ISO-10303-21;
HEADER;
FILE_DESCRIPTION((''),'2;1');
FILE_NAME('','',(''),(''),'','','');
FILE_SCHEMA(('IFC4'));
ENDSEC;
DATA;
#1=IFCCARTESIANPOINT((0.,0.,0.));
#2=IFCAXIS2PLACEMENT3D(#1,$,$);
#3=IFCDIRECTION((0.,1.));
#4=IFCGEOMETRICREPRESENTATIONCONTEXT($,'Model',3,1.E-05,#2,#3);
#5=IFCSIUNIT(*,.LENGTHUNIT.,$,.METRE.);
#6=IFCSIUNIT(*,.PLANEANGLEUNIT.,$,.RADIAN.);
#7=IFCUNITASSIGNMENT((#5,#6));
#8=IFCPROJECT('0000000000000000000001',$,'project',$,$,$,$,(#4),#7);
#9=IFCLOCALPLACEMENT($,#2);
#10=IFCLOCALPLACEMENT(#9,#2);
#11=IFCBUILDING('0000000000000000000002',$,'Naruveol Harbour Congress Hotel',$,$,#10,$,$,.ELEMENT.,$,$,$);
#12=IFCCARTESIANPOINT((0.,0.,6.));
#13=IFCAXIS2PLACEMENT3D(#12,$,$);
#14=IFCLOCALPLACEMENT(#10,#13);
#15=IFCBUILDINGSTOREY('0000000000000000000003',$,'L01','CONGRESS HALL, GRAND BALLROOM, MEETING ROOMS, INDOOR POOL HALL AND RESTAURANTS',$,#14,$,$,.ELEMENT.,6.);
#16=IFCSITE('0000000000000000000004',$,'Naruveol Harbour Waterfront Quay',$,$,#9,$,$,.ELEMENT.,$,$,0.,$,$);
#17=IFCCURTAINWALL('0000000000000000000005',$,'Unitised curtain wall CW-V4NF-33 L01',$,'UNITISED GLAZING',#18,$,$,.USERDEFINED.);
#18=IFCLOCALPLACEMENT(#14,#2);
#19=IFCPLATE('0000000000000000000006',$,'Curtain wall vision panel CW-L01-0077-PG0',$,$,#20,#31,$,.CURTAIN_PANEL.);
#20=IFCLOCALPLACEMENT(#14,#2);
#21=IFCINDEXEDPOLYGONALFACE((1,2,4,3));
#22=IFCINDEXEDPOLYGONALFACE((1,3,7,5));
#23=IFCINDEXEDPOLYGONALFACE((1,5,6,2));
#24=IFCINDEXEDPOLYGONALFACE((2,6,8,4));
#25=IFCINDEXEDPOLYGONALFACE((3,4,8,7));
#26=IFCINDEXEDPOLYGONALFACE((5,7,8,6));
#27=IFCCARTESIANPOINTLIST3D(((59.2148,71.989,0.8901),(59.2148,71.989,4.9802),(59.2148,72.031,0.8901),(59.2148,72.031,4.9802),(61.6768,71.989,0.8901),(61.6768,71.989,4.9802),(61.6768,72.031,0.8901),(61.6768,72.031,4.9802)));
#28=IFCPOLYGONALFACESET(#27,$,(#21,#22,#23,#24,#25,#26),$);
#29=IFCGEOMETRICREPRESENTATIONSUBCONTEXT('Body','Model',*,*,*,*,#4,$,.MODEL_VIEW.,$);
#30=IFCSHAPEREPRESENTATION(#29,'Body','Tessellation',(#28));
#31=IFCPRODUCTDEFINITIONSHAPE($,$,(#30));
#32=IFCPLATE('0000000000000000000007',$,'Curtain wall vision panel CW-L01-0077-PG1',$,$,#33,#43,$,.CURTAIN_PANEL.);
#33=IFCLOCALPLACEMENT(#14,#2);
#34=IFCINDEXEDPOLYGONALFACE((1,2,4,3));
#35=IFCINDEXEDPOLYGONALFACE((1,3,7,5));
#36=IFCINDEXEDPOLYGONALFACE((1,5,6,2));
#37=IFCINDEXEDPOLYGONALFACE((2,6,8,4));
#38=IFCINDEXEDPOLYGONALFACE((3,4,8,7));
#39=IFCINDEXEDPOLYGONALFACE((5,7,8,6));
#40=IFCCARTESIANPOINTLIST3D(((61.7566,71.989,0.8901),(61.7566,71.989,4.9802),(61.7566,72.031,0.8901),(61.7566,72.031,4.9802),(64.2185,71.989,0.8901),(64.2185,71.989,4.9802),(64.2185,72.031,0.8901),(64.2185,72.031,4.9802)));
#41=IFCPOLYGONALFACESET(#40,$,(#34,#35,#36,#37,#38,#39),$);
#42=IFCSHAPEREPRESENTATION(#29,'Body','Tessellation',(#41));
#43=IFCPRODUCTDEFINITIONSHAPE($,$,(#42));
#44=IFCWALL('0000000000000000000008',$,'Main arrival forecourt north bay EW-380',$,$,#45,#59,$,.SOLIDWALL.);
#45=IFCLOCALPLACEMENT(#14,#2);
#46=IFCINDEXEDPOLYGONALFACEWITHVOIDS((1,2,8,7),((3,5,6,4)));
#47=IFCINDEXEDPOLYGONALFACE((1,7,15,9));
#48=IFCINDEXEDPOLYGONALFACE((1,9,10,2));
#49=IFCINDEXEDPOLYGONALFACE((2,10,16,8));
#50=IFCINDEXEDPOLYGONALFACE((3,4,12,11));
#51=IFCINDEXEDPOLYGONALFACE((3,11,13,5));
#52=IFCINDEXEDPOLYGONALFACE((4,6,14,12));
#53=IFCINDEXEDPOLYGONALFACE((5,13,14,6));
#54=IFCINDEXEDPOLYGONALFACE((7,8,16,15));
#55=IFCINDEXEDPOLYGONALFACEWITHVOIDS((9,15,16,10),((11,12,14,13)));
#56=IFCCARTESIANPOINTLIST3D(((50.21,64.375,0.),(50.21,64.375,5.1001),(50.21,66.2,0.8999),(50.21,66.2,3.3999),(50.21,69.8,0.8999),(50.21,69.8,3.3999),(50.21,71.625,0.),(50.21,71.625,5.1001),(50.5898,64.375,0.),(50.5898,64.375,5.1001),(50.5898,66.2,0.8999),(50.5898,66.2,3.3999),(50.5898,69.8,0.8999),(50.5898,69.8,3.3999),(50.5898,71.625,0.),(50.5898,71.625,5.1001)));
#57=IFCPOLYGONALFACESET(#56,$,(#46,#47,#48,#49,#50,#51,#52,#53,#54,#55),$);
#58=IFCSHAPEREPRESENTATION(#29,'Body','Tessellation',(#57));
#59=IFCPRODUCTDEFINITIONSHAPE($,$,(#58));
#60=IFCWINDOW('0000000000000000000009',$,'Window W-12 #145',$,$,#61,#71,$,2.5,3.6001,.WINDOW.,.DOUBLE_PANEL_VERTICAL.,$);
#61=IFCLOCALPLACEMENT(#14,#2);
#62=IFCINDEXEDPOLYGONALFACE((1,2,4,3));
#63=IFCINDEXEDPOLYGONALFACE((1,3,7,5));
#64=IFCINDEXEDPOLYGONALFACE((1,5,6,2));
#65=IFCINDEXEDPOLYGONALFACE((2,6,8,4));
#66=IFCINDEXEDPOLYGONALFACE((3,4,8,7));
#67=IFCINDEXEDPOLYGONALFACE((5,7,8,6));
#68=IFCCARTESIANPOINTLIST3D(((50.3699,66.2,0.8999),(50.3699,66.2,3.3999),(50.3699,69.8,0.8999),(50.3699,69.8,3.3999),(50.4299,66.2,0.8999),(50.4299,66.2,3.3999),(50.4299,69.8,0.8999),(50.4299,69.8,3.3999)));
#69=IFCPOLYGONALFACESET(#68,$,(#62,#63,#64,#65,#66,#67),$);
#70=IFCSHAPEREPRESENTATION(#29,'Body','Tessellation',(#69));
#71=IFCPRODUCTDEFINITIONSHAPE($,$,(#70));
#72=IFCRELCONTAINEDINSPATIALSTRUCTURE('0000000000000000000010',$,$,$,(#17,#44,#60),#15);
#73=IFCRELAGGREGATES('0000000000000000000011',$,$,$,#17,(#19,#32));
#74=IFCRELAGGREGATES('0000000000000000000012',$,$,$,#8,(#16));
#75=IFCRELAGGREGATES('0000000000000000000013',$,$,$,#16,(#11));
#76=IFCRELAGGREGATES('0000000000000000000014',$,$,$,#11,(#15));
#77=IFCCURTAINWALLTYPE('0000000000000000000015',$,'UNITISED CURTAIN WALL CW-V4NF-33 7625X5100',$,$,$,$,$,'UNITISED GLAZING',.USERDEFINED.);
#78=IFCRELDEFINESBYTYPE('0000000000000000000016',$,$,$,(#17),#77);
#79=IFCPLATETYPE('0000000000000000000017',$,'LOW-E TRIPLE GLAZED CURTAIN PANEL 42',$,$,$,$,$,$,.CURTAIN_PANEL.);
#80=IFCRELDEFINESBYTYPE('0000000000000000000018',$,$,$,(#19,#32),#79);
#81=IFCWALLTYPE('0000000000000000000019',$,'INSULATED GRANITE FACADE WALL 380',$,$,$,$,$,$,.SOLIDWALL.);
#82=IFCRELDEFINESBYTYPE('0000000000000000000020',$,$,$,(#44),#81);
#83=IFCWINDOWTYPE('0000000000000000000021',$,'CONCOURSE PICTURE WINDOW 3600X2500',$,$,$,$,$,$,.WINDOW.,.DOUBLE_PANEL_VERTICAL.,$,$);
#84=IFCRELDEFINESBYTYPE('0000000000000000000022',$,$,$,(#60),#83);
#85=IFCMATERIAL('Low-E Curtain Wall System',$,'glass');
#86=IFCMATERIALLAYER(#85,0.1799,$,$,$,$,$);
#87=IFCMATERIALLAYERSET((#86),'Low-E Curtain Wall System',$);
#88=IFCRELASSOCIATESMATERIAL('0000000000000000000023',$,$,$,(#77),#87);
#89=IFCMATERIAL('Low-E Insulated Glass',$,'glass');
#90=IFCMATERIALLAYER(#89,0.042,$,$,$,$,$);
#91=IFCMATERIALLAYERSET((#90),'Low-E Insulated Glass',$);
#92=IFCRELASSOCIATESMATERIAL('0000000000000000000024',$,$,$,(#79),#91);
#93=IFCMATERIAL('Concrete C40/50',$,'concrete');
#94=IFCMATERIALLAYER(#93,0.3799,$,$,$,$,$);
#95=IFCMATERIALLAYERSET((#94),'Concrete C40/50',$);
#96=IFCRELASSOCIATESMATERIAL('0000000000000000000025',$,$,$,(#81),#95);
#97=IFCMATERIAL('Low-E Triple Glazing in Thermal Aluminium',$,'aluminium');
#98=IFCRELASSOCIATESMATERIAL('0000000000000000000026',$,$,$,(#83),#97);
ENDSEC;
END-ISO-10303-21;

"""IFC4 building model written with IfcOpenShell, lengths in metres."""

from ifc_helpers import new_model, si_unit, direction, frame, frame_2d, origin, origin_2d, place, context, subcontext, project, spatial, rectangle, extrude, material, layer, layer_set, type_object, element, fill, aggregate, save


model = new_model("IFC4")

# Units and contexts
model_context = context("Model", 3, precision=1e-05, world=origin(), true_north=direction((0.0, 1.0)))
body_context = subcontext(model_context, "Body", "Model", "MODEL_VIEW")
ifc_project = project(units=[si_unit("LENGTHUNIT", "METRE"), si_unit("PLANEANGLEUNIT", "RADIAN")], contexts=[model_context])

# Site, building, storey
site_placement = place(None, origin())
site = spatial("IfcSite", under=ifc_project, at=site_placement, Name="Naruveol Harbour Waterfront Quay", CompositionType="ELEMENT", RefElevation=0.0)
building_placement = place(site_placement, origin())
building = spatial("IfcBuilding", under=site, at=building_placement, Name="Naruveol Harbour Congress Hotel", CompositionType="ELEMENT")
storey_placement = place(building_placement, frame((0.0, 0.0, 6.0)))
storey = spatial("IfcBuildingStorey", under=building, at=storey_placement, Name="L01", Description="CONGRESS HALL, GRAND BALLROOM, MEETING ROOMS, INDOOR POOL HALL AND RESTAURANTS", CompositionType="ELEMENT", Elevation=6.0)

# Curtain wall
ifc_material_1 = material(Name="Low-E Curtain Wall System", Category="glass")
ifc_layer_1 = layer(ifc_material_1, 0.1799)
ifc_layer_set_1 = layer_set([ifc_layer_1], Name="Low-E Curtain Wall System")
curtain_wall_type_1 = type_object("IfcCurtainWallType", Name="UNITISED CURTAIN WALL CW-V4NF-33 7625X5100", ElementType="UNITISED GLAZING", PredefinedType="USERDEFINED", material=ifc_layer_set_1)
curtain_wall_1_placement = place(storey_placement, origin())
curtain_wall_1 = element("IfcCurtainWall", 1, at=curtain_wall_1_placement, inside=storey, type_object=curtain_wall_type_1, Name="Unitised curtain wall CW-V4NF-33 L01", ObjectType="UNITISED GLAZING", PredefinedType="USERDEFINED")

# Plates
ifc_material_2 = material(Name="Low-E Insulated Glass", Category="glass")
ifc_layer_2 = layer(ifc_material_2, 0.042)
ifc_layer_set_2 = layer_set([ifc_layer_2], Name="Low-E Insulated Glass")
plate_type_1 = type_object("IfcPlateType", Name="LOW-E TRIPLE GLAZED CURTAIN PANEL 42", PredefinedType="CURTAIN_PANEL", material=ifc_layer_set_2)
plate_1_placement = place(storey_placement, frame((60.4458, 72.01, 0.8901), z_axis=(0.0, 0.0, 1.0), x_axis=(1.0, 0.0, 0.0)))
plate_1 = element("IfcPlate", 2, at=plate_1_placement, type_object=plate_type_1, Name="Curtain wall vision panel CW-L01-0077-PG0", PredefinedType="CURTAIN_PANEL", context=body_context, shape_type="SweptSolid", body=[
    extrude(rectangle(XDim=2.4619, YDim=0.042, at=origin_2d()), origin(), (0.0, 0.0, 1.0), 4.0901),
])
plate_2_placement = place(storey_placement, frame((62.9875, 72.01, 0.8901), z_axis=(0.0, 0.0, 1.0), x_axis=(1.0, 0.0, 0.0)))
plate_2 = element("IfcPlate", 3, at=plate_2_placement, type_object=plate_type_1, Name="Curtain wall vision panel CW-L01-0077-PG1", PredefinedType="CURTAIN_PANEL", context=body_context, shape_type="SweptSolid", body=[
    extrude(rectangle(XDim=2.4619, YDim=0.042, at=origin_2d()), origin(), (0.0, 0.0, 1.0), 4.0901),
])
aggregate(curtain_wall_1, [plate_1, plate_2])

# Wall, opening, window
ifc_material_3 = material(Name="Concrete C40/50", Category="concrete")
ifc_layer_3 = layer(ifc_material_3, 0.3799)
ifc_layer_set_3 = layer_set([ifc_layer_3], Name="Concrete C40/50")
wall_type = type_object("IfcWallType", Name="INSULATED GRANITE FACADE WALL 380", PredefinedType="SOLIDWALL", material=ifc_layer_set_3)
wall_placement = place(storey_placement, frame((50.3999, 64.375, 0.0), z_axis=(0.0, 0.0, 1.0), x_axis=(0.0, 1.0, 0.0)))
wall = element("IfcWall", 4, at=wall_placement, inside=storey, type_object=wall_type, Name="Main arrival forecourt north bay EW-380", PredefinedType="SOLIDWALL", context=body_context, shape_type="SweptSolid", body=[
    extrude(rectangle(XDim=7.25, YDim=0.3799, at=frame_2d((3.625, 0.0))), origin(), (0.0, 0.0, 1.0), 5.1001),
])
opening_placement = place(wall_placement, frame((1.825, 0.0, 0.8999)))
opening = element("IfcOpeningElement", 5, at=opening_placement, cuts=wall, PredefinedType="OPENING", context=body_context, shape_type="SweptSolid", body=[
    extrude(rectangle(XDim=3.6001, YDim=2.5, at=frame_2d((1.8, 1.25))), frame((0.0, 0.2, 0.0), z_axis=(0.0, -1.0, 0.0), x_axis=(1.0, 0.0, 0.0)), (0.0, 0.0, 1.0), 0.3999),
])
ifc_material_4 = material(Name="Low-E Triple Glazing in Thermal Aluminium", Category="aluminium")
window_type = type_object("IfcWindowType", Name="CONCOURSE PICTURE WINDOW 3600X2500", PartitioningType="DOUBLE_PANEL_VERTICAL", PredefinedType="WINDOW", material=ifc_material_4)
window_placement = place(opening_placement, origin())
window = element("IfcWindow", 6, at=window_placement, inside=storey, type_object=window_type, Name="Window W-12 #145", OverallHeight=2.5, OverallWidth=3.6001, PartitioningType="DOUBLE_PANEL_VERTICAL", PredefinedType="WINDOW", context=body_context, shape_type="SweptSolid", body=[
    extrude(rectangle(XDim=3.6001, YDim=2.5, at=frame_2d((1.8, 1.25))), frame((0.0, 0.03, 0.0), z_axis=(0.0, -1.0, 0.0), x_axis=(1.0, 0.0, 0.0)), (0.0, 0.0, 1.0), 0.0601),
])
fill(opening, window)

save(model, "model.ifc")
